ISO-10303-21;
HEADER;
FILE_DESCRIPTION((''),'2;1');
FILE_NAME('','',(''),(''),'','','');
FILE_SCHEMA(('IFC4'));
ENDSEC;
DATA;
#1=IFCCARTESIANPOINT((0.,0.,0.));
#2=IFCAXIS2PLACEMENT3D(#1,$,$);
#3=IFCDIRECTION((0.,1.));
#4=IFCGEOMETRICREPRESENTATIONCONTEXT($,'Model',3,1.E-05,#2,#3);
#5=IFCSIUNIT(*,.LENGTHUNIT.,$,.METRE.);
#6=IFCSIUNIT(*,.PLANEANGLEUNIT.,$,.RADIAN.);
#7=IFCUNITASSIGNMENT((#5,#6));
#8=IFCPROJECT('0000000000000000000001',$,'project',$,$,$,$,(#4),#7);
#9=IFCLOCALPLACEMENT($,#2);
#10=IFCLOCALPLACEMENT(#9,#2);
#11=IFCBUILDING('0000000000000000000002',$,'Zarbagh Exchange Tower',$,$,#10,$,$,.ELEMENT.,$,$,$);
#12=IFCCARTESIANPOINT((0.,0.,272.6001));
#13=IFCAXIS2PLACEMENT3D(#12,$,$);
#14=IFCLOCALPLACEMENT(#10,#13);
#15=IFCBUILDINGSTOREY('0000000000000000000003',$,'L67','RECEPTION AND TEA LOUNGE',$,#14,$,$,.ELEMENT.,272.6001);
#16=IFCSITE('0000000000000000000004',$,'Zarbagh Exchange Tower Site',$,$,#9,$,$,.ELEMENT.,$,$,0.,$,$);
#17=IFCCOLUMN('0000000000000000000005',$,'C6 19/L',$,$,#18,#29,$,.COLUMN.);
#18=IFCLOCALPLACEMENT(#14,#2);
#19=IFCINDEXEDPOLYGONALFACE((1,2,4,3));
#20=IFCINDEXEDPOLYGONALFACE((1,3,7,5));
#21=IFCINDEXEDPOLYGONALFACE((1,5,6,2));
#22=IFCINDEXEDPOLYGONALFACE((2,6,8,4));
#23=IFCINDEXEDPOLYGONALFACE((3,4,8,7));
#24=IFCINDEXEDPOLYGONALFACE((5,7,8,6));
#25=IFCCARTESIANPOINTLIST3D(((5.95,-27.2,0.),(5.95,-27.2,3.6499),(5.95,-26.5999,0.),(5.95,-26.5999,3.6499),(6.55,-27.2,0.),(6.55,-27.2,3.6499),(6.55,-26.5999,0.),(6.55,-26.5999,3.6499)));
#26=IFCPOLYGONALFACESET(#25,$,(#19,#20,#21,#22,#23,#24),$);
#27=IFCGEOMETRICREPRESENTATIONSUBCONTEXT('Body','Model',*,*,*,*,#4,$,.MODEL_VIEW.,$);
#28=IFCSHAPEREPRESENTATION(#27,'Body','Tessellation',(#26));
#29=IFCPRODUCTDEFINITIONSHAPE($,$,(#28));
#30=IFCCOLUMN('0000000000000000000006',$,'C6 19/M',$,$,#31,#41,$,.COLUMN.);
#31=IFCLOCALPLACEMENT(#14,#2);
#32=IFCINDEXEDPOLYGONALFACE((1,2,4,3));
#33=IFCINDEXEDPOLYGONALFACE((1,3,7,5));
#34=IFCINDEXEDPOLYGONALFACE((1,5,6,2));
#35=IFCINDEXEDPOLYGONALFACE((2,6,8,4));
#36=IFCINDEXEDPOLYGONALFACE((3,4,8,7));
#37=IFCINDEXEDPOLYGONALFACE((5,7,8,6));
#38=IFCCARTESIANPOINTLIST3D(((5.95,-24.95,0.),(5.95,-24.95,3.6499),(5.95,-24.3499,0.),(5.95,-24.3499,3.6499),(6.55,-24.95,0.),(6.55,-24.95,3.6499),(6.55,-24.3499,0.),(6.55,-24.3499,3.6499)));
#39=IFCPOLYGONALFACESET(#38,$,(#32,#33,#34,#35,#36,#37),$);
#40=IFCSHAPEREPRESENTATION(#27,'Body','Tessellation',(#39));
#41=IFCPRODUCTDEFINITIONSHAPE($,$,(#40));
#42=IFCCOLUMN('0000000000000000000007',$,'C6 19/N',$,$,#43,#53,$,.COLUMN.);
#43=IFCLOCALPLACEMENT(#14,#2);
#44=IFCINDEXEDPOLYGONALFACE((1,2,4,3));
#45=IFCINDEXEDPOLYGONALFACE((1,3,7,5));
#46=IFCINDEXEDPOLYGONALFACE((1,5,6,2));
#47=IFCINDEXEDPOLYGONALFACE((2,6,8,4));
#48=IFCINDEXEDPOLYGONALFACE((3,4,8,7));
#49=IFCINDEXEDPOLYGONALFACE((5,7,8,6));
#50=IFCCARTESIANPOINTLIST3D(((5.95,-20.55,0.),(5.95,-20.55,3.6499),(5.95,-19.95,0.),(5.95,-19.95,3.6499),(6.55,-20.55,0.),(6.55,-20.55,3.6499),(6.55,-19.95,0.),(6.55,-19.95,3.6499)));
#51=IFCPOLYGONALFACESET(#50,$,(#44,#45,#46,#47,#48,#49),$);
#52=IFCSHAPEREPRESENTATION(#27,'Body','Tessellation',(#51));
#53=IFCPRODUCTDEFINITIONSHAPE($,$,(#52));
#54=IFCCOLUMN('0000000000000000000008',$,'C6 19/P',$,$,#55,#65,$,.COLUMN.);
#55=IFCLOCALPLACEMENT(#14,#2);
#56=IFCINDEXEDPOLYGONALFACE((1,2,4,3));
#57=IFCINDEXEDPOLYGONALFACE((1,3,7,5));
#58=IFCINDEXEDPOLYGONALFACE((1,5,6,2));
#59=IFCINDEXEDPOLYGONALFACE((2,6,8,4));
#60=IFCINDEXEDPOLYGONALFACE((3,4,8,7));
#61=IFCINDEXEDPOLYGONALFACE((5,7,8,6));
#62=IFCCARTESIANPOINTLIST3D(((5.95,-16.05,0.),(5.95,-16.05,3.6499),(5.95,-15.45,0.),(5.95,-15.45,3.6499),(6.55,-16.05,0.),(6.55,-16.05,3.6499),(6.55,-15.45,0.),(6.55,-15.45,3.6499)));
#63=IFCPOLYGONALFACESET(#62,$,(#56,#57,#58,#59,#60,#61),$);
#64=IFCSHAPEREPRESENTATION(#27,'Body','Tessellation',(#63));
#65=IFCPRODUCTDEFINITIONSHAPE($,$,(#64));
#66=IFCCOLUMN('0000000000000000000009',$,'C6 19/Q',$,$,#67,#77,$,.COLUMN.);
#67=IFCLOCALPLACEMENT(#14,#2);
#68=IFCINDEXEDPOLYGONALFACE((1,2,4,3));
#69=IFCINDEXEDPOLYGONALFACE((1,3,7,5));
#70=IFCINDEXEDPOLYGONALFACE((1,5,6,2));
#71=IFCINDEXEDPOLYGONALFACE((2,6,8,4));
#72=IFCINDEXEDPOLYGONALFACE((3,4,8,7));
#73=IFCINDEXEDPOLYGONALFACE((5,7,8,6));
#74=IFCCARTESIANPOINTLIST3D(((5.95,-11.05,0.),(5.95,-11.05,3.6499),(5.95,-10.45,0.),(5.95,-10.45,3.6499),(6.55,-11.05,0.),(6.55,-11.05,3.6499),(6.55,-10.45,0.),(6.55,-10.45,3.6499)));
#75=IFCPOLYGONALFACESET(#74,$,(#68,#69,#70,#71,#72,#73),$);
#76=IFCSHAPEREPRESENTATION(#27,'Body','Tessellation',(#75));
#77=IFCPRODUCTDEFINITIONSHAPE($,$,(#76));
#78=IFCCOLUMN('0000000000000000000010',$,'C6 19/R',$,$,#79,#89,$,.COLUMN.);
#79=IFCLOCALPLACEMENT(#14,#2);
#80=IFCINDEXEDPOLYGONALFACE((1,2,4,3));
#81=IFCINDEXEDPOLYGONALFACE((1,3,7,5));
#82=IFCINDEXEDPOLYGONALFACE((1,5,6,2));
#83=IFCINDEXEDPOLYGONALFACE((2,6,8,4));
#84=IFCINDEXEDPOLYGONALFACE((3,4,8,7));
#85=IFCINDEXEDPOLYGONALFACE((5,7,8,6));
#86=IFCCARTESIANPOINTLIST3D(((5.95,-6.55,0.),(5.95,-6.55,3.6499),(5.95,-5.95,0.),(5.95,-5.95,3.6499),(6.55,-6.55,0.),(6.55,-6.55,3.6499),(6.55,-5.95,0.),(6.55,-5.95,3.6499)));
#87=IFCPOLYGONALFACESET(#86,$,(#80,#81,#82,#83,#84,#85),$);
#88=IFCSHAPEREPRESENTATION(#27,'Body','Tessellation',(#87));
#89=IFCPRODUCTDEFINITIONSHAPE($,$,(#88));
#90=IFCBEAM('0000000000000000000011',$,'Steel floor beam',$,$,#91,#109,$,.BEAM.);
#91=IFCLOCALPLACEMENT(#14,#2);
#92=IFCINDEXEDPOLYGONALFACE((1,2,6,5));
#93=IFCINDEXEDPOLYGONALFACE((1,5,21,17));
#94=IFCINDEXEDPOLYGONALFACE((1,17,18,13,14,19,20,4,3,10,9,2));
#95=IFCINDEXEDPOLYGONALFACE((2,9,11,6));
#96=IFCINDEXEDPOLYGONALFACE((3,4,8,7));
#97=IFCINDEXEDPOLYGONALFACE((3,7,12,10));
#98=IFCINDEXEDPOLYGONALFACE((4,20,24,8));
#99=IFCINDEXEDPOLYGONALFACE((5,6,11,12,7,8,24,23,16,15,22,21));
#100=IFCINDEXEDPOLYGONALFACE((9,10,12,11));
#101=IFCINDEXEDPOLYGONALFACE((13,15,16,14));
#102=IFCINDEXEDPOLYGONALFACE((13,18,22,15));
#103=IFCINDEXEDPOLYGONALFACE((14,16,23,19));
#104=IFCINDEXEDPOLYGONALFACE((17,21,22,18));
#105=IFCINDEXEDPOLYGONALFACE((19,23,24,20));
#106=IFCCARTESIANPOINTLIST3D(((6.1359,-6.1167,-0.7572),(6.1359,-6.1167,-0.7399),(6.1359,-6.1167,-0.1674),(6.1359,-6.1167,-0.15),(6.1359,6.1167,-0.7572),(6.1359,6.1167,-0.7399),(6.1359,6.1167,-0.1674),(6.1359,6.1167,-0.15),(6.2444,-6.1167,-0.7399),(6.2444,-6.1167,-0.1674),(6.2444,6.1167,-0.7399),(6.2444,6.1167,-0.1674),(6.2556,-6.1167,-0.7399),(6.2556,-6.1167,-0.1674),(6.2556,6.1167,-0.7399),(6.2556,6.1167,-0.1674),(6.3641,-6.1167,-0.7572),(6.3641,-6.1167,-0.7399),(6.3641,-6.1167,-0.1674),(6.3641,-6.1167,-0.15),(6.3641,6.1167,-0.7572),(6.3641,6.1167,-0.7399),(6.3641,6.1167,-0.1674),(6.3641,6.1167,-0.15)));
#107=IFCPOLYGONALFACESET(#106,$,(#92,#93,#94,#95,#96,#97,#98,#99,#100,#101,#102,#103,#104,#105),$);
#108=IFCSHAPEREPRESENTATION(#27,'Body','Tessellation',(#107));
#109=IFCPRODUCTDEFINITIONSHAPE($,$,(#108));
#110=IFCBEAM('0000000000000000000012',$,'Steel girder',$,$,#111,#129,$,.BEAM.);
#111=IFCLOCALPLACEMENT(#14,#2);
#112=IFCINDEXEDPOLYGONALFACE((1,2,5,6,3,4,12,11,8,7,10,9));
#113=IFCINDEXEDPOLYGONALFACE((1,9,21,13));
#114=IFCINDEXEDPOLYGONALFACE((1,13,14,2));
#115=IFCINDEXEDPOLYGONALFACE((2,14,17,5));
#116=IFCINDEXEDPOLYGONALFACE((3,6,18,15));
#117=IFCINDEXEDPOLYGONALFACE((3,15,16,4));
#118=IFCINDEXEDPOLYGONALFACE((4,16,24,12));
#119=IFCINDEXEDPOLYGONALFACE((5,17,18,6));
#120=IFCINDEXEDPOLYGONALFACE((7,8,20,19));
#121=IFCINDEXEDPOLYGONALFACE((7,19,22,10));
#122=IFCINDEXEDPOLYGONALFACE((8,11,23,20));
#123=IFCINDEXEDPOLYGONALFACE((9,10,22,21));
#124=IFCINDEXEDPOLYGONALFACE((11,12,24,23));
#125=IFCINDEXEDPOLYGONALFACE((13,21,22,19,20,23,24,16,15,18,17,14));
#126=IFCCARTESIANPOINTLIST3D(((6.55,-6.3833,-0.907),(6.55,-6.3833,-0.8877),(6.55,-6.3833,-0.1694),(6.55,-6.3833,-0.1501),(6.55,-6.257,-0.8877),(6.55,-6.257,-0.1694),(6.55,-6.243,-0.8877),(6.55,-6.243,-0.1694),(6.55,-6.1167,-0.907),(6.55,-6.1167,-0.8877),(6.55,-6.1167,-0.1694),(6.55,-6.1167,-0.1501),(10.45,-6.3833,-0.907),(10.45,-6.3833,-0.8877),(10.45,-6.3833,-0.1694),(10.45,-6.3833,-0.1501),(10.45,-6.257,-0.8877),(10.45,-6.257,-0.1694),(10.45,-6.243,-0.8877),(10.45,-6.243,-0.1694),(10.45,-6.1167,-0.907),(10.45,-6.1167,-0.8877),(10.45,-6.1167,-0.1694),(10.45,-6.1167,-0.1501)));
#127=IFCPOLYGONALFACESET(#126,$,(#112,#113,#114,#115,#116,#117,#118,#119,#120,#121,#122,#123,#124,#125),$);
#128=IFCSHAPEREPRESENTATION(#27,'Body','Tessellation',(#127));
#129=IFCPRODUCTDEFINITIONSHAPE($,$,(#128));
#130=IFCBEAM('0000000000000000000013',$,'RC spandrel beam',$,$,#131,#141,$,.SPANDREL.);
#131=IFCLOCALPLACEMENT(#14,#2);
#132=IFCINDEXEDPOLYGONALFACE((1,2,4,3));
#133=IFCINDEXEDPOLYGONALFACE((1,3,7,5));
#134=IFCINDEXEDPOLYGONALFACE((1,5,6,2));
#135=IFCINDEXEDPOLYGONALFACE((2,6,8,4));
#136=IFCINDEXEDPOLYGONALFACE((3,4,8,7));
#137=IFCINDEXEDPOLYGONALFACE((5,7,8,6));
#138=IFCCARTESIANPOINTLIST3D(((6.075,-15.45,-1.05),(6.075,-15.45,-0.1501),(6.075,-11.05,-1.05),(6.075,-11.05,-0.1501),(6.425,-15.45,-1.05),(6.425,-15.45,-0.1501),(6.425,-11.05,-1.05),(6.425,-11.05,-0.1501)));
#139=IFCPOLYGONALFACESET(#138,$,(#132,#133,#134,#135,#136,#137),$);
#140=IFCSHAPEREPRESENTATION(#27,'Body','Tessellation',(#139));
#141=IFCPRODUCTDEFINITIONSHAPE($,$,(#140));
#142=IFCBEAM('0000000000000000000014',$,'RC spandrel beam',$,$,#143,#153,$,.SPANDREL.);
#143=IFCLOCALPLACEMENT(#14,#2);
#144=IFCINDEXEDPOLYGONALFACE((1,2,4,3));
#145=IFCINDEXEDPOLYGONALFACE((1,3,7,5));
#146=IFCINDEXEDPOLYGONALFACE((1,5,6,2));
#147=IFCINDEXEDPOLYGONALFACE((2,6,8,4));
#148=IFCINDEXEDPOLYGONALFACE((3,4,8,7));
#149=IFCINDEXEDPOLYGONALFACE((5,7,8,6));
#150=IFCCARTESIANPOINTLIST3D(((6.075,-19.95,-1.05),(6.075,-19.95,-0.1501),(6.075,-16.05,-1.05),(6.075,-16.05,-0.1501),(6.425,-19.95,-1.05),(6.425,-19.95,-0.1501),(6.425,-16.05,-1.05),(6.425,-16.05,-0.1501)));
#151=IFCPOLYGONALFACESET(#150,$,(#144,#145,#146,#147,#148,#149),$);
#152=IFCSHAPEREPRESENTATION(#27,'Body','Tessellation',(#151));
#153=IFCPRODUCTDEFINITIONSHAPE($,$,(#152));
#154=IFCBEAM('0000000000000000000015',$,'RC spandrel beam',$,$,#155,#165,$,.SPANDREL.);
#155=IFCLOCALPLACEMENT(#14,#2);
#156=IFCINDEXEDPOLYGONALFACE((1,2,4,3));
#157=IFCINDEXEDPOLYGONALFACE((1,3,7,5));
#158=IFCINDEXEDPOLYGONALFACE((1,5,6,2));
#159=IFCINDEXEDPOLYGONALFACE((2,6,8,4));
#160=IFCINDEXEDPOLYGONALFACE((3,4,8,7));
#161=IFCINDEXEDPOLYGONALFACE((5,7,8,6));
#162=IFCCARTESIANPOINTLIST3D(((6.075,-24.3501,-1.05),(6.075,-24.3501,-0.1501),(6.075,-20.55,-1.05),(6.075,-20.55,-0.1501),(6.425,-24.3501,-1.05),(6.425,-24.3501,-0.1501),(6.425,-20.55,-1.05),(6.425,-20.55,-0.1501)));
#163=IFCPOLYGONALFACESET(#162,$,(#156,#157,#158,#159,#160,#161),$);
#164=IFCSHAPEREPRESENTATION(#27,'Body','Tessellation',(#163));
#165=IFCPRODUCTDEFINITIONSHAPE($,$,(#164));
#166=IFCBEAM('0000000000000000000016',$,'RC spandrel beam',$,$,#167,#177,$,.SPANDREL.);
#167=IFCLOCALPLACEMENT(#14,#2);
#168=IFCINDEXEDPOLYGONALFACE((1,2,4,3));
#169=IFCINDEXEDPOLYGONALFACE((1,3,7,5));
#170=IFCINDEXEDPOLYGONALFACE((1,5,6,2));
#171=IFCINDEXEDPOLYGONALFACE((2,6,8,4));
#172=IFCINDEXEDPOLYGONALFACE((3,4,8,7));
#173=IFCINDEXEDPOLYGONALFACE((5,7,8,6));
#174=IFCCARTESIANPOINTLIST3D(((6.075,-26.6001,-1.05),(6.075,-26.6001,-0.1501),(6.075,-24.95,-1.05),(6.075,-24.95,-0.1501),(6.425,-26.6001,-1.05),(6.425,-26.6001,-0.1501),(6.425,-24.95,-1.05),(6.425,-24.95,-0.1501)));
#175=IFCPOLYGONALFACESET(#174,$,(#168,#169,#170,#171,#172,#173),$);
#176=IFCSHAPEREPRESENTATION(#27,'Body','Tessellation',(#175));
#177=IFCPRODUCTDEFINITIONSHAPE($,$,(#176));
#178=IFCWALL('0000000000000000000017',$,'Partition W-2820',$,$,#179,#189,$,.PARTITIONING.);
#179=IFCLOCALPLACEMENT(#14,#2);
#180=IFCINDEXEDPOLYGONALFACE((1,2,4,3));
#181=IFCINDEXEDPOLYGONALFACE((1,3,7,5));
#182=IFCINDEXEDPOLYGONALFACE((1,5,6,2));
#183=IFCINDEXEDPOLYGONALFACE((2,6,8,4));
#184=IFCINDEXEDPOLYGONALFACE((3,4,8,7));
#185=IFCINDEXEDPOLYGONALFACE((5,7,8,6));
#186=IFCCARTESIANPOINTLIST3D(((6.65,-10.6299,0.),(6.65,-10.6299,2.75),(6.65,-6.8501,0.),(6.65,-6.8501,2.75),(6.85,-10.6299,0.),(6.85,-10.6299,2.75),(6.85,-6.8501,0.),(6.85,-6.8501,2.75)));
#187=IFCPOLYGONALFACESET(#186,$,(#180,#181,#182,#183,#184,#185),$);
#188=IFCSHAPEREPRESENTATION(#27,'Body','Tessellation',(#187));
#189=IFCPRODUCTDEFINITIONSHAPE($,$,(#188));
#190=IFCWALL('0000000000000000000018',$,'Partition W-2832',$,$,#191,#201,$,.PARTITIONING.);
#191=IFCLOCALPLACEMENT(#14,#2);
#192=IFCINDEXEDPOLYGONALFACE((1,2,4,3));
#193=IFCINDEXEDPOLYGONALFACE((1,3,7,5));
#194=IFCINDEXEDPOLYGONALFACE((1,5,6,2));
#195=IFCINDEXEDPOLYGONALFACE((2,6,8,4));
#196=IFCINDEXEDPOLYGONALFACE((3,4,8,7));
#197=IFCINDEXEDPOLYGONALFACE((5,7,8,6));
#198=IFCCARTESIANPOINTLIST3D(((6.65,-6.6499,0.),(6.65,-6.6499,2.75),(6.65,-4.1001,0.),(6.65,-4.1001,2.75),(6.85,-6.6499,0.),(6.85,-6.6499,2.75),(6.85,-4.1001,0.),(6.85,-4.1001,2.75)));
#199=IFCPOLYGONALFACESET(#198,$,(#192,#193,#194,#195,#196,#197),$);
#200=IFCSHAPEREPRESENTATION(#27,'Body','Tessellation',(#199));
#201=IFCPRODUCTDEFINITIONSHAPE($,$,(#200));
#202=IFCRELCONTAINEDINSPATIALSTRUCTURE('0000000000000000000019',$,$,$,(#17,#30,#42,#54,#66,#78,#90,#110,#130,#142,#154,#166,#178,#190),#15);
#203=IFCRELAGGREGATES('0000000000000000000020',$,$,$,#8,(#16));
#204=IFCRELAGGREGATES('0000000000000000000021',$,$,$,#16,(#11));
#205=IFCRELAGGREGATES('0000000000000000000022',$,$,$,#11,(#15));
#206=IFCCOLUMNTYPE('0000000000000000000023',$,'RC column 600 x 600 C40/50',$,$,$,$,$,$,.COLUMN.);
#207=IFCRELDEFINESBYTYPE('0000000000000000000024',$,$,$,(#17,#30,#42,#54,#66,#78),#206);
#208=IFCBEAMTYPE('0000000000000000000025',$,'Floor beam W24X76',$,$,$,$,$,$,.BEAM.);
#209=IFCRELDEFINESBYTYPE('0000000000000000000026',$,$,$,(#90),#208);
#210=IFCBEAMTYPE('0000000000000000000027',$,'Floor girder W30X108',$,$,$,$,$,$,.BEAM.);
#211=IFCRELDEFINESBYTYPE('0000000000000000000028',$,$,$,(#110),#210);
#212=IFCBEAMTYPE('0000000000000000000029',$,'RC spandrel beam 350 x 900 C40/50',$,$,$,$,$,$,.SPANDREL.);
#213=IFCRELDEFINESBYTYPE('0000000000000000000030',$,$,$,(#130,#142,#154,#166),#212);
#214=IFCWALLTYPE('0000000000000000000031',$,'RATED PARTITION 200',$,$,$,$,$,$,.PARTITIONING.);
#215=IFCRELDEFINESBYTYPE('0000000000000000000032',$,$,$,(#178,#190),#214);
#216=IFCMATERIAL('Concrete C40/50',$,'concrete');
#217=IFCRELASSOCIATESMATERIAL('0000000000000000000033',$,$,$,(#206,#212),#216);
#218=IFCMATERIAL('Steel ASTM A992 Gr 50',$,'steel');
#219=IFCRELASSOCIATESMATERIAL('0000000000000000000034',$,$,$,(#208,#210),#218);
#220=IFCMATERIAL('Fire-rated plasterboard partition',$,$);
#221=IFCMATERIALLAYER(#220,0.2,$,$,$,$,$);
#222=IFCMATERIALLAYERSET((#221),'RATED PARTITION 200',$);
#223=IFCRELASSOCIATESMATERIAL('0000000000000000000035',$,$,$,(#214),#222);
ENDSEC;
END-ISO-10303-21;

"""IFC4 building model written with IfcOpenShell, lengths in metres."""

from ifc_helpers import new_model, si_unit, direction, frame, frame_2d, origin, origin_2d, place, context, subcontext, project, spatial, rectangle, i_section, extrude, material, layer, layer_set, material_profile, profile_set, type_object, element, save


model = new_model("IFC4")

# Units and contexts
model_context = context("Model", 3, precision=1e-05, world=origin(), true_north=direction((0.0, 1.0)))
body_context = subcontext(model_context, "Body", "Model", "MODEL_VIEW")
ifc_project = project(units=[si_unit("LENGTHUNIT", "METRE"), si_unit("PLANEANGLEUNIT", "RADIAN")], contexts=[model_context])

# Site, building, storey
site_placement = place(None, origin())
site = spatial("IfcSite", under=ifc_project, at=site_placement, Name="Zarbagh Exchange Tower Site", CompositionType="ELEMENT", RefElevation=0.0)
building_placement = place(site_placement, origin())
building = spatial("IfcBuilding", under=site, at=building_placement, Name="Zarbagh Exchange Tower", CompositionType="ELEMENT")
storey_placement = place(building_placement, frame((0.0, 0.0, 272.6001)))
storey = spatial("IfcBuildingStorey", under=building, at=storey_placement, Name="L67", Description="RECEPTION AND TEA LOUNGE", CompositionType="ELEMENT", Elevation=272.6001)

# Columns
ifc_material_1 = material(Name="Concrete C40/50", Category="concrete")
ifc_material_profile_1 = material_profile(ifc_material_1, rectangle(XDim=0.6001, YDim=0.6001, at=origin_2d()), Name="RC column 600 x 600 C40/50")
ifc_profile_set_1 = profile_set([ifc_material_profile_1], Name="Concrete C40/50")
column_type = type_object("IfcColumnType", Name="RC column 600 x 600 C40/50", PredefinedType="COLUMN", material=ifc_profile_set_1)
for number, where, z_axis, x_axis, name in (
    (1, (6.25, -26.8999, 0.0), (0.0, 0.0, 1.0), (1.0, 0.0, 0.0), "C6 19/L"),
    (2, (6.25, -24.6499, 0.0), (0.0, 0.0, 1.0), (1.0, 0.0, 0.0), "C6 19/M"),
    (3, (6.25, -20.25, 0.0), (0.0, 0.0, 1.0), (1.0, 0.0, 0.0), "C6 19/N"),
    (4, (6.25, -15.75, 0.0), (0.0, 0.0, 1.0), (1.0, 0.0, 0.0), "C6 19/P"),
    (5, (6.25, -10.75, 0.0), (0.0, 0.0, 1.0), (1.0, 0.0, 0.0), "C6 19/Q"),
    (6, (6.25, -6.25, 0.0), (0.0, 0.0, 1.0), (1.0, 0.0, 0.0), "C6 19/R"),
):
    element("IfcColumn", number, at=place(storey_placement, frame(where, z_axis=z_axis, x_axis=x_axis)), inside=storey, type_object=column_type, Name=name, PredefinedType="COLUMN", context=body_context, shape_type="SweptSolid", body=[
        extrude(rectangle(XDim=0.6001, YDim=0.6001, at=origin_2d()), origin(), (0.0, 0.0, 1.0), 3.6499),
    ])

# Beams
ifc_material_2 = material(Name="Steel ASTM A992 Gr 50", Category="steel")
ifc_material_profile_2 = material_profile(ifc_material_2, i_section(OverallWidth=0.2283, OverallDepth=0.6072, WebThickness=0.0112, FlangeThickness=0.0173, at=origin_2d()), Name="W24X76")
ifc_profile_set_2 = profile_set([ifc_material_profile_2], Name="Steel ASTM A992 Gr 50")
beam_type_1 = type_object("IfcBeamType", Name="Floor beam W24X76", PredefinedType="BEAM", material=ifc_profile_set_2)
beam_1_placement = place(storey_placement, frame((6.25, -6.1167, -0.4536), z_axis=(0.0, 1.0, 0.0), x_axis=(-1.0, 0.0, 0.0)))
element("IfcBeam", 7, at=beam_1_placement, inside=storey, type_object=beam_type_1, Name="Steel floor beam", PredefinedType="BEAM", context=body_context, shape_type="SweptSolid", body=[
    extrude(i_section(OverallWidth=0.2283, OverallDepth=0.6072, WebThickness=0.0112, FlangeThickness=0.0173, at=origin_2d()), origin(), (0.0, 0.0, 1.0), 12.2334),
])
ifc_material_profile_3 = material_profile(ifc_material_2, i_section(OverallWidth=0.2666, OverallDepth=0.7568, WebThickness=0.0139, FlangeThickness=0.0193, at=origin_2d()), Name="W30X108")
ifc_profile_set_3 = profile_set([ifc_material_profile_3], Name="Steel ASTM A992 Gr 50")
beam_type_2 = type_object("IfcBeamType", Name="Floor girder W30X108", PredefinedType="BEAM", material=ifc_profile_set_3)
beam_2_placement = place(storey_placement, frame((6.55, -6.25, -0.5286), z_axis=(1.0, 0.0, 0.0), x_axis=(0.0, 1.0, 0.0)))
element("IfcBeam", 8, at=beam_2_placement, inside=storey, type_object=beam_type_2, Name="Steel girder", PredefinedType="BEAM", context=body_context, shape_type="SweptSolid", body=[
    extrude(i_section(OverallWidth=0.2666, OverallDepth=0.7568, WebThickness=0.0139, FlangeThickness=0.0193, at=origin_2d()), origin(), (0.0, 0.0, 1.0), 3.8999),
])
ifc_material_profile_4 = material_profile(ifc_material_1, rectangle(XDim=0.3501, YDim=0.8999, at=origin_2d()), Name="RC spandrel beam 350 x 900 C40/50")
ifc_profile_set_4 = profile_set([ifc_material_profile_4], Name="Concrete C40/50")
beam_type_3 = type_object("IfcBeamType", Name="RC spandrel beam 350 x 900 C40/50", PredefinedType="SPANDREL", material=ifc_profile_set_4)
beam_3_placement = place(storey_placement, frame((6.25, -11.05, -0.6001), z_axis=(0.0, -1.0, 0.0), x_axis=(1.0, 0.0, 0.0)))
element("IfcBeam", 9, at=beam_3_placement, inside=storey, type_object=beam_type_3, Name="RC spandrel beam", PredefinedType="SPANDREL", context=body_context, shape_type="SweptSolid", body=[
    extrude(rectangle(XDim=0.3501, YDim=0.8999, at=origin_2d()), origin(), (0.0, 0.0, 1.0), 4.3999),
])
beam_4_placement = place(storey_placement, frame((6.25, -16.05, -0.6001), z_axis=(0.0, -1.0, 0.0), x_axis=(1.0, 0.0, 0.0)))
element("IfcBeam", 10, at=beam_4_placement, inside=storey, type_object=beam_type_3, Name="RC spandrel beam", PredefinedType="SPANDREL", context=body_context, shape_type="SweptSolid", body=[
    extrude(rectangle(XDim=0.3501, YDim=0.8999, at=origin_2d()), origin(), (0.0, 0.0, 1.0), 3.8999),
])
beam_5_placement = place(storey_placement, frame((6.25, -20.55, -0.6001), z_axis=(0.0, -1.0, 0.0), x_axis=(1.0, 0.0, 0.0)))
element("IfcBeam", 11, at=beam_5_placement, inside=storey, type_object=beam_type_3, Name="RC spandrel beam", PredefinedType="SPANDREL", context=body_context, shape_type="SweptSolid", body=[
    extrude(rectangle(XDim=0.3501, YDim=0.8999, at=origin_2d()), origin(), (0.0, 0.0, 1.0), 3.8),
])
beam_6_placement = place(storey_placement, frame((6.25, -24.95, -0.6001), z_axis=(0.0, -1.0, 0.0), x_axis=(1.0, 0.0, 0.0)))
element("IfcBeam", 12, at=beam_6_placement, inside=storey, type_object=beam_type_3, Name="RC spandrel beam", PredefinedType="SPANDREL", context=body_context, shape_type="SweptSolid", body=[
    extrude(rectangle(XDim=0.3501, YDim=0.8999, at=origin_2d()), origin(), (0.0, 0.0, 1.0), 1.6501),
])

# Walls
ifc_material_3 = material(Name="Fire-rated plasterboard partition")
ifc_layer_1 = layer(ifc_material_3, 0.2)
ifc_layer_set_1 = layer_set([ifc_layer_1], Name="RATED PARTITION 200")
wall_type_1 = type_object("IfcWallType", Name="RATED PARTITION 200", PredefinedType="PARTITIONING", material=ifc_layer_set_1)
wall_1_placement = place(storey_placement, frame((6.75, -10.6299, 0.0), z_axis=(0.0, 0.0, 1.0), x_axis=(0.0, 1.0, 0.0)))
element("IfcWall", 13, at=wall_1_placement, inside=storey, type_object=wall_type_1, Name="Partition W-2820", PredefinedType="PARTITIONING", context=body_context, shape_type="SweptSolid", body=[
    extrude(rectangle(XDim=3.7798, YDim=0.2, at=frame_2d((1.8899, 0.0))), origin(), (0.0, 0.0, 1.0), 2.75),
])
wall_2_placement = place(storey_placement, frame((6.75, -6.6499, 0.0), z_axis=(0.0, 0.0, 1.0), x_axis=(0.0, 1.0, 0.0)))
element("IfcWall", 14, at=wall_2_placement, inside=storey, type_object=wall_type_1, Name="Partition W-2832", PredefinedType="PARTITIONING", context=body_context, shape_type="SweptSolid", body=[
    extrude(rectangle(XDim=2.5498, YDim=0.2, at=frame_2d((1.2749, 0.0))), origin(), (0.0, 0.0, 1.0), 2.75),
])

save(model, "model.ifc")
